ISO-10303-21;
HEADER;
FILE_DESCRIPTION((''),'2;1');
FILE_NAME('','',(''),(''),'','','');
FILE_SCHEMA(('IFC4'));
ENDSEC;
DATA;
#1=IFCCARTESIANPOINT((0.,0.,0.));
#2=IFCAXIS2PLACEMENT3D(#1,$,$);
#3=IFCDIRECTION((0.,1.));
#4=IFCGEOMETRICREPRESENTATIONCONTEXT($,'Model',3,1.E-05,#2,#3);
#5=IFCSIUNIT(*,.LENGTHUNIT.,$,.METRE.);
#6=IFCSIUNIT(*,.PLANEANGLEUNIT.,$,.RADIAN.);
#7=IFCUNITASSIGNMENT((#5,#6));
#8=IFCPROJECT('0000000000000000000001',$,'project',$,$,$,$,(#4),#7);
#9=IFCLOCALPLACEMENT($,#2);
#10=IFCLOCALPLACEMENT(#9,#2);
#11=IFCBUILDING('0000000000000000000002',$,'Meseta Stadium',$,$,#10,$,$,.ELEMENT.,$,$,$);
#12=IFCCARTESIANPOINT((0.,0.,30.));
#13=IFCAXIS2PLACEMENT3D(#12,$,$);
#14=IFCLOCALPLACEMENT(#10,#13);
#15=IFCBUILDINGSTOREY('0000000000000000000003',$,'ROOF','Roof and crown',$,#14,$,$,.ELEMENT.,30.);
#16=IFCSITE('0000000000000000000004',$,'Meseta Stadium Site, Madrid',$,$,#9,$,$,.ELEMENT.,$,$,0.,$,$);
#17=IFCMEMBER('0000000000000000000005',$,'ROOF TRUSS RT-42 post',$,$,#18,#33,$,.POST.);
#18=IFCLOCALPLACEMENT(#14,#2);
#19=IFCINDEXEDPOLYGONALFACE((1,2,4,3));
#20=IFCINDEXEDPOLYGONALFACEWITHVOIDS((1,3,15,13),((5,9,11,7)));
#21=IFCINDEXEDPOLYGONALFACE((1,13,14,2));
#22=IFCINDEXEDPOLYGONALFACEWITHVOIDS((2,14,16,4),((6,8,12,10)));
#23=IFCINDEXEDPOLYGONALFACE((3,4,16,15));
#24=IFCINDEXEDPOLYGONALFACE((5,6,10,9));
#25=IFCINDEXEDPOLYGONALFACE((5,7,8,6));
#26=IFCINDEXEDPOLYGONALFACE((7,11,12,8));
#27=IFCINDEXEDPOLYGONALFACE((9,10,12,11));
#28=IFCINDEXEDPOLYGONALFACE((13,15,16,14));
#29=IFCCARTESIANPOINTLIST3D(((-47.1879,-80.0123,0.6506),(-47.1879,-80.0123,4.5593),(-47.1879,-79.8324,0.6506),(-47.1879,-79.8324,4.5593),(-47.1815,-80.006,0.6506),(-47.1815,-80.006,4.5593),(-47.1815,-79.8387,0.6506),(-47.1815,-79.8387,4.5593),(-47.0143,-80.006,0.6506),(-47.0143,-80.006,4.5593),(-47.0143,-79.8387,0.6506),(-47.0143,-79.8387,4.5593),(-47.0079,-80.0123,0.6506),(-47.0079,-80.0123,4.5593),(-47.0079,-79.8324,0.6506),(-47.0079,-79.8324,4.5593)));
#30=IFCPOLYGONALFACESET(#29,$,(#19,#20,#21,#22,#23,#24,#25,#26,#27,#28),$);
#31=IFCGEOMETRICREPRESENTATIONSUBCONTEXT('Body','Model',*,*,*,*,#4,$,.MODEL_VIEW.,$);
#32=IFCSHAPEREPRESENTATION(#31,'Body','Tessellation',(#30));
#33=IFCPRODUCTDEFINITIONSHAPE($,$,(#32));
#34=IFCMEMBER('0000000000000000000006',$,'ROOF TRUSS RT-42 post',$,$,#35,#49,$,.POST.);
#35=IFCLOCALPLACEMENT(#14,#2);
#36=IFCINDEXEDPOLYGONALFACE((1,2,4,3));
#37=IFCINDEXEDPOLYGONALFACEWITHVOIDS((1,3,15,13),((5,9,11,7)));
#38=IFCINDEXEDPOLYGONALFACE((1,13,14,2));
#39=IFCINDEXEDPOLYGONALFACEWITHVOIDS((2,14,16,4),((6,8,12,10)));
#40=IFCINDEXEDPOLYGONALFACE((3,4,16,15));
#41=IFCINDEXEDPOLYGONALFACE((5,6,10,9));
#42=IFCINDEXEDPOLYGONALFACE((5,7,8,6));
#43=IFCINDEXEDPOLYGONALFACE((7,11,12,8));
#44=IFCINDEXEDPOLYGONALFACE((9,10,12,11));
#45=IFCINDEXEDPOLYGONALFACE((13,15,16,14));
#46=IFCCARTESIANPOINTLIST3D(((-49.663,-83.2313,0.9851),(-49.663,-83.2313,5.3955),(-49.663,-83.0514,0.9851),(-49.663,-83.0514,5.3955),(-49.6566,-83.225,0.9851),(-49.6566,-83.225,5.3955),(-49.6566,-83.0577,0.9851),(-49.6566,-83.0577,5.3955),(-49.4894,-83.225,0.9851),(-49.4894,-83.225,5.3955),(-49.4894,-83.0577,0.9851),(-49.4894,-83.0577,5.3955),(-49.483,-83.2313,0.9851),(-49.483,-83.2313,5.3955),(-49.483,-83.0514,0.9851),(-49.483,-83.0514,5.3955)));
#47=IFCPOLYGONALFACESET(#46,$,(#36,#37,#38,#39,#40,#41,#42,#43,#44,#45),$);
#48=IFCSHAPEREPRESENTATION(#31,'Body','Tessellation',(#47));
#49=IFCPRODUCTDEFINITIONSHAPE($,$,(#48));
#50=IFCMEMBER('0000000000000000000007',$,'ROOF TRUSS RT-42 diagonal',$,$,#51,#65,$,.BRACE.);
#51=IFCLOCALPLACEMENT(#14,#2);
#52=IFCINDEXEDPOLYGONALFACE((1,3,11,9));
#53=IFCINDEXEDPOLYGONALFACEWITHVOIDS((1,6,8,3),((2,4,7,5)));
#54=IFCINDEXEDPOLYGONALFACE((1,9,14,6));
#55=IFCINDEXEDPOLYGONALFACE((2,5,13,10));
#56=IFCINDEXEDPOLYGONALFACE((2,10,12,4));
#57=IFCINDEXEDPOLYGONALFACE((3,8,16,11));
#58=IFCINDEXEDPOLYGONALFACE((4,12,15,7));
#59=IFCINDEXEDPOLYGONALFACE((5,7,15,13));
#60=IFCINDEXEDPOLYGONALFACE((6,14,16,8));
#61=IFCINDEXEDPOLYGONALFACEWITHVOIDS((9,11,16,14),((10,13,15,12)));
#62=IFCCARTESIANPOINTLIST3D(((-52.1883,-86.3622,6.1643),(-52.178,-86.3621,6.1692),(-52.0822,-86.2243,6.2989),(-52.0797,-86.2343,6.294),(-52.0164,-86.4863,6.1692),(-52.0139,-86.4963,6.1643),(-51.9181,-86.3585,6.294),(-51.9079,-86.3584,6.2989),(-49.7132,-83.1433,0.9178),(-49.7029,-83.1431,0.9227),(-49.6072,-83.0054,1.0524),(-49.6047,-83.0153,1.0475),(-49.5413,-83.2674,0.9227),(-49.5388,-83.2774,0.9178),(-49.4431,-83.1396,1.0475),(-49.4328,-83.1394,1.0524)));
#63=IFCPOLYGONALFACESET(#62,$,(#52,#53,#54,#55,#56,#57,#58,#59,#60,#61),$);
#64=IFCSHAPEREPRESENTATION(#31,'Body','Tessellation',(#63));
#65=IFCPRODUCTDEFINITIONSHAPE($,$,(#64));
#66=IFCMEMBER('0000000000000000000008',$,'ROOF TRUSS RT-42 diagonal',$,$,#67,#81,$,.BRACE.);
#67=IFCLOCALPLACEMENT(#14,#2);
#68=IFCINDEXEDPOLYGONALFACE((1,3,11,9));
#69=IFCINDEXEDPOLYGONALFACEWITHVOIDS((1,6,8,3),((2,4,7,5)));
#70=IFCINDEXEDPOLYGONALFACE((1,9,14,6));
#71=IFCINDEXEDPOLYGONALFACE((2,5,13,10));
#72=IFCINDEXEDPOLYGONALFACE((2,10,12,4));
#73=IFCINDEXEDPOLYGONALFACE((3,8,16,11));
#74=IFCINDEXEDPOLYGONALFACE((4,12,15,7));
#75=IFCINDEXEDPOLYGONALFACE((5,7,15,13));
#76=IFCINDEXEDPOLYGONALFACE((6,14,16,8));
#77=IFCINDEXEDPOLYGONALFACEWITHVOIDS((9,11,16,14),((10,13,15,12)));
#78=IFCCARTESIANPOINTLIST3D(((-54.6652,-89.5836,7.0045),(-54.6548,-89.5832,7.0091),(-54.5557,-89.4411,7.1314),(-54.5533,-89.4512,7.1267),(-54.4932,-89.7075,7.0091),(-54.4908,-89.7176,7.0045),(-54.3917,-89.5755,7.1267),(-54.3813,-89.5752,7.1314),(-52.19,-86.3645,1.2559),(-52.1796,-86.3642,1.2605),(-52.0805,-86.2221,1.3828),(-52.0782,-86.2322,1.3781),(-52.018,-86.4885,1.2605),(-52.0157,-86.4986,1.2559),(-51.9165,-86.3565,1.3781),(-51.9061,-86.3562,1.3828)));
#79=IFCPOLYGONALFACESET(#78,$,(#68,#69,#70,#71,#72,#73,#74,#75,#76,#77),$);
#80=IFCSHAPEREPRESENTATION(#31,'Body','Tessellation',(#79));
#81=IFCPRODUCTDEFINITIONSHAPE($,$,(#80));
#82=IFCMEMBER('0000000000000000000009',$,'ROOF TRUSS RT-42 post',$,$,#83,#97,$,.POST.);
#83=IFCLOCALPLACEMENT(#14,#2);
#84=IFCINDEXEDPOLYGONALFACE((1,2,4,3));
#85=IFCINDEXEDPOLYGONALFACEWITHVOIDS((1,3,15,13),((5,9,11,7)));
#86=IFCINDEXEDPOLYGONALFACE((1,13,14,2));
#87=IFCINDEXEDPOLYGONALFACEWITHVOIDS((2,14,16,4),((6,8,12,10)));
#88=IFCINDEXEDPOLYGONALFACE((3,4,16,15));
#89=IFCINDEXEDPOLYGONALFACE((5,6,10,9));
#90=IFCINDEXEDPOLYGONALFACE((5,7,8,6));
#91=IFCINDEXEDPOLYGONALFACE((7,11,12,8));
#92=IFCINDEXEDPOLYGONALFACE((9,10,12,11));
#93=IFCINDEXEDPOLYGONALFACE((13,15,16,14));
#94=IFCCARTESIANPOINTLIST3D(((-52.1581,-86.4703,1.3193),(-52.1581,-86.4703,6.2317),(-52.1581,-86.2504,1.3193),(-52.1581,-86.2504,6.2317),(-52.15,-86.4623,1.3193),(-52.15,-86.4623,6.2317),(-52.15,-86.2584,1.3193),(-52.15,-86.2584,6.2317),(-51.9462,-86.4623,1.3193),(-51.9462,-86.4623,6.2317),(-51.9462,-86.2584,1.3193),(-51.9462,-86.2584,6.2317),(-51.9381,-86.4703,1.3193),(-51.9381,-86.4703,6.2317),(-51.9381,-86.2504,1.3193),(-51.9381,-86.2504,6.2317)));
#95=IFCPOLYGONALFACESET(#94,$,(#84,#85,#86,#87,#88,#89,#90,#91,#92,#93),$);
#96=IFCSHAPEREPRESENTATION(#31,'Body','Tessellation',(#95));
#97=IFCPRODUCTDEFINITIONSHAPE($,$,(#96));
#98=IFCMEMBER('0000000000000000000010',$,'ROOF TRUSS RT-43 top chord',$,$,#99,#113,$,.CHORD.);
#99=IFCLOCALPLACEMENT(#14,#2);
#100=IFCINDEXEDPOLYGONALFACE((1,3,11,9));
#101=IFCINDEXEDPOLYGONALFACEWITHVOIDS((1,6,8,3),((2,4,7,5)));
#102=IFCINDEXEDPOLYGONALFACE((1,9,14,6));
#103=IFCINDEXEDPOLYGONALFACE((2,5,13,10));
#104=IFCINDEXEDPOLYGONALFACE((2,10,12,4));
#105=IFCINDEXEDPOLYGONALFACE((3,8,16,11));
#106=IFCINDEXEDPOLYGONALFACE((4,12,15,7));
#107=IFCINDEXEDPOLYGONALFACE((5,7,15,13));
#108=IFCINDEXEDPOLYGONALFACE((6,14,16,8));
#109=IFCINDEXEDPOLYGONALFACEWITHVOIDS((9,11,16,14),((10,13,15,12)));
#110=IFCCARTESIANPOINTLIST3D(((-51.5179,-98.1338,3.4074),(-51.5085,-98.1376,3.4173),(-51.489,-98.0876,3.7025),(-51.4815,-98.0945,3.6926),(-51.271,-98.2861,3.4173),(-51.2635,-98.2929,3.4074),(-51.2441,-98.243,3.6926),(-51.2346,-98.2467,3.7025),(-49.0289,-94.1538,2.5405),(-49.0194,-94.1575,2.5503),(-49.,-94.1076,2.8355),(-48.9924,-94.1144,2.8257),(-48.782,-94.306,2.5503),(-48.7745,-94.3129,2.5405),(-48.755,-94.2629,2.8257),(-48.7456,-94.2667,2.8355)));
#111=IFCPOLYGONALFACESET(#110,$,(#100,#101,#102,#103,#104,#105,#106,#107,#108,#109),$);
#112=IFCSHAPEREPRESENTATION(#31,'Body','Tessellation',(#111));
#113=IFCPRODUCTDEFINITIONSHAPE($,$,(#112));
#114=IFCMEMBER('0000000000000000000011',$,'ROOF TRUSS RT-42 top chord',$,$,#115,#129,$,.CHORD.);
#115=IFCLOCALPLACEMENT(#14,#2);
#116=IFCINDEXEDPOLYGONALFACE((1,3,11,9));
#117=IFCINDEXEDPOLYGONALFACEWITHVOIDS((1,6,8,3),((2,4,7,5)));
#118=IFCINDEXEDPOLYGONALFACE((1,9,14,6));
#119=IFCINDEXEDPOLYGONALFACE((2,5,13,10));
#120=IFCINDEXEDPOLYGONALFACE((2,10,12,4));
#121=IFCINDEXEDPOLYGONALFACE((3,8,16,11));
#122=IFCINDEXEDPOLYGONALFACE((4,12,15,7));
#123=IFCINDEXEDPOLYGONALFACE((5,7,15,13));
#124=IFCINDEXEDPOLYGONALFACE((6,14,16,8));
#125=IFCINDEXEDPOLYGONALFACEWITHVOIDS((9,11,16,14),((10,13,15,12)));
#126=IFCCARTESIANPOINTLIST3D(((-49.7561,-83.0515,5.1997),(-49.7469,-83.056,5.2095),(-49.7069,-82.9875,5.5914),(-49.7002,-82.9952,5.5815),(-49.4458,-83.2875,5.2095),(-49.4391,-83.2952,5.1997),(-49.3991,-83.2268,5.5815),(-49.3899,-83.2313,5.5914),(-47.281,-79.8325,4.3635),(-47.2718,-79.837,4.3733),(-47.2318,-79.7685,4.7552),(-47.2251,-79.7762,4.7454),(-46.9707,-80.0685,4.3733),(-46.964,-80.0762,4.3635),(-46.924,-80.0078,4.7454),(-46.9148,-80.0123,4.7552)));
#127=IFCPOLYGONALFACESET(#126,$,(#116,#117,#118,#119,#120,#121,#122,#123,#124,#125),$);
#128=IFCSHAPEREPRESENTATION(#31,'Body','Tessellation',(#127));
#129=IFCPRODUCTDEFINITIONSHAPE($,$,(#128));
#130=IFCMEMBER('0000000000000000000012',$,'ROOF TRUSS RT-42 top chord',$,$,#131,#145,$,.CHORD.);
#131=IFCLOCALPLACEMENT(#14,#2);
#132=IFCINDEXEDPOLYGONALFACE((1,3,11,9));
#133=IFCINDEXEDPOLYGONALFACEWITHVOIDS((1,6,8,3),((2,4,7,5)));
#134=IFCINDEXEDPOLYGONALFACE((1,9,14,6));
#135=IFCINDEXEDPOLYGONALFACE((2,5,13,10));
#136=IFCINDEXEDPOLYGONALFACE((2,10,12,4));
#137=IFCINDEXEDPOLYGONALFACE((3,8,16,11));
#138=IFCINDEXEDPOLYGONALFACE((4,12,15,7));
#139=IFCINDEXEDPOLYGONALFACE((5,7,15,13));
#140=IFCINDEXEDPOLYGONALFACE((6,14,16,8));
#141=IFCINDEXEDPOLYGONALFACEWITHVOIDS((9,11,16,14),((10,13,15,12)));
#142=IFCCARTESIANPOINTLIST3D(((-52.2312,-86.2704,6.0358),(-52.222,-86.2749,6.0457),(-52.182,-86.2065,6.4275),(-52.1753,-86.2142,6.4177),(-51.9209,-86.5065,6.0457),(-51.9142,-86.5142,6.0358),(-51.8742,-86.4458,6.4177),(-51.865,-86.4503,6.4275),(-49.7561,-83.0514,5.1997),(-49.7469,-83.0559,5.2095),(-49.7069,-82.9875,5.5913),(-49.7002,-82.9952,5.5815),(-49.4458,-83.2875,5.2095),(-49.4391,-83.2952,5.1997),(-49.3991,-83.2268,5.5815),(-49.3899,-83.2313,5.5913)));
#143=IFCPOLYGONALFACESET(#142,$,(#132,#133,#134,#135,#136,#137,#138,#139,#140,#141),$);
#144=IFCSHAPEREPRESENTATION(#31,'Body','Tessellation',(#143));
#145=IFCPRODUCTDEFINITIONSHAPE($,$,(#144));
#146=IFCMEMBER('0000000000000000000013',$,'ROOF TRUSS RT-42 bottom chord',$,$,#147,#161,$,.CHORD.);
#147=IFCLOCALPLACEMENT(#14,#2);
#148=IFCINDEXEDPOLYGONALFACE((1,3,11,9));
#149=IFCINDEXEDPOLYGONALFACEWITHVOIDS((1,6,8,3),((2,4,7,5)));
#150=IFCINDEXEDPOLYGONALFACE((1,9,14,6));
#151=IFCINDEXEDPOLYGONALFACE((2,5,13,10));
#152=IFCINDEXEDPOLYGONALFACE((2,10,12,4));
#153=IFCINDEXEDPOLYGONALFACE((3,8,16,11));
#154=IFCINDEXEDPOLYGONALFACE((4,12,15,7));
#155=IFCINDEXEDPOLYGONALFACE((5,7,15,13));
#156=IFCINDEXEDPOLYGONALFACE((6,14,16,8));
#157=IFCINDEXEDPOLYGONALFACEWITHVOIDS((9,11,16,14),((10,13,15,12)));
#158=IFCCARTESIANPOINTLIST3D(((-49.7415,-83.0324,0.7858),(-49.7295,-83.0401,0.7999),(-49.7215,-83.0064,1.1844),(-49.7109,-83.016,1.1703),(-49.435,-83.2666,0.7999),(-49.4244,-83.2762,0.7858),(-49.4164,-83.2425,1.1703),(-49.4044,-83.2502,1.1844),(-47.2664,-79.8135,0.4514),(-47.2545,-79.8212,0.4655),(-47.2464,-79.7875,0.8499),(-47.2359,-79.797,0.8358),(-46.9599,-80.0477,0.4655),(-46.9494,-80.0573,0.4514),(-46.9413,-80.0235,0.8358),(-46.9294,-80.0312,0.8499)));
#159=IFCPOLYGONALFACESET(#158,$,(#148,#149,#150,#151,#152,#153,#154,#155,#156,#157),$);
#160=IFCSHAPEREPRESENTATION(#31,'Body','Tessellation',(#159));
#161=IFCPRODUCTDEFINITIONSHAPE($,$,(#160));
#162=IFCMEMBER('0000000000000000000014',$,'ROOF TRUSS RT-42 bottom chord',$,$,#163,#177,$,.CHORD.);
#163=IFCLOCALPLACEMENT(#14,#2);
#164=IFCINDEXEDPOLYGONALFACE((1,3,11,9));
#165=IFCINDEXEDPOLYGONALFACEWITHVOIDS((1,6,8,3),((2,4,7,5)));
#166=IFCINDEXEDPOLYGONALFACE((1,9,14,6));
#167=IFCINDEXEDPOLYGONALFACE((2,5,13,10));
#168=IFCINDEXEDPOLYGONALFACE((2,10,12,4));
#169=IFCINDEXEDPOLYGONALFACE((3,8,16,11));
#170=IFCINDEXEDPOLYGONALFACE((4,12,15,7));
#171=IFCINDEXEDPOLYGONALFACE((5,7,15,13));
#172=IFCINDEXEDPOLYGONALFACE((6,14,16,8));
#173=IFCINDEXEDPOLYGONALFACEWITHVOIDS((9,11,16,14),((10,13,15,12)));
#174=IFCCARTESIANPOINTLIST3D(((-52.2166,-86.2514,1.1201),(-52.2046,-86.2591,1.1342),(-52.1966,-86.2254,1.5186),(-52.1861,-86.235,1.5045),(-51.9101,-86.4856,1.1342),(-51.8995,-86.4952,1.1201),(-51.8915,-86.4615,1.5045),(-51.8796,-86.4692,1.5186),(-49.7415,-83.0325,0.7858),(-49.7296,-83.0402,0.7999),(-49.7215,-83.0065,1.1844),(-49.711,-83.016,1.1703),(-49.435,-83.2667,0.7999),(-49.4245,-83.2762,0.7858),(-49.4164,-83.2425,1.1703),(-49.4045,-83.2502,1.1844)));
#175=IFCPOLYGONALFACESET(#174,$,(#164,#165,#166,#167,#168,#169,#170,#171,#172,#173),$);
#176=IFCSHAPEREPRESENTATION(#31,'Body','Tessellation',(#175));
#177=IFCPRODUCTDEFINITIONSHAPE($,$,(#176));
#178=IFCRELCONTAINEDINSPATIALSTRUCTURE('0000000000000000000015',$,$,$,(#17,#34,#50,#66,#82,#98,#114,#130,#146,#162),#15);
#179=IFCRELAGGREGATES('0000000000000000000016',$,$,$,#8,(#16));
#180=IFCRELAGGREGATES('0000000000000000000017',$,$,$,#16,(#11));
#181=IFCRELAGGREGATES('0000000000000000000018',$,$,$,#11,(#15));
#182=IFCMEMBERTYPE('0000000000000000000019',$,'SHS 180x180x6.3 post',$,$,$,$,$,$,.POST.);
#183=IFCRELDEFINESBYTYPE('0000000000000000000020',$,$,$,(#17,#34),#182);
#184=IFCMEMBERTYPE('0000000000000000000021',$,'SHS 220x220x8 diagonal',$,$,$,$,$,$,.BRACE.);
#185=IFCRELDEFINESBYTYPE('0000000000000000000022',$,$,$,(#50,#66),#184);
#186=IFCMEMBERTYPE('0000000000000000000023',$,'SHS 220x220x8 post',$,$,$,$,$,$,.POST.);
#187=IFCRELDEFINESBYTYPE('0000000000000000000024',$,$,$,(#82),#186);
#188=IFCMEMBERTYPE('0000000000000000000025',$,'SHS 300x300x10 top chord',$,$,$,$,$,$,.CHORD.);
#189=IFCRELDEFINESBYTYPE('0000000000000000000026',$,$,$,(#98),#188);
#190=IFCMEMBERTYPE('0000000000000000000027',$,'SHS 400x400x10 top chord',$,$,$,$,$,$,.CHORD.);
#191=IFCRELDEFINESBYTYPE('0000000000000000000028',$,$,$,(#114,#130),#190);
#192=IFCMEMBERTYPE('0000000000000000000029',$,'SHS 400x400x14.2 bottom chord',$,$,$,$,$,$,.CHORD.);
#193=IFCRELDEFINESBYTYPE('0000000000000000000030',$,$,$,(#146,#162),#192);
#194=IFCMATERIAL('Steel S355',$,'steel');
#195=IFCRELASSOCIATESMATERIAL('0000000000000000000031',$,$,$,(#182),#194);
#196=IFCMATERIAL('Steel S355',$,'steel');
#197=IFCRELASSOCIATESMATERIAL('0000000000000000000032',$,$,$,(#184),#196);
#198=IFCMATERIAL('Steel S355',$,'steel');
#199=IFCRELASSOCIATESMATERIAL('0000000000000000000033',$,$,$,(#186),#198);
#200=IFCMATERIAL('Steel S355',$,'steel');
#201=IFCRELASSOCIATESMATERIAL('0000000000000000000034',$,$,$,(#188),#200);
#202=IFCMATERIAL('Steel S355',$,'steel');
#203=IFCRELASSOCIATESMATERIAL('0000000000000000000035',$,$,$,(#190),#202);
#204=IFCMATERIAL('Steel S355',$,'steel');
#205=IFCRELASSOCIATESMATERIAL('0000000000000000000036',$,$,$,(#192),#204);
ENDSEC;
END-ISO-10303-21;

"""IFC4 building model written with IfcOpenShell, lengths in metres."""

from ifc_helpers import new_model, si_unit, direction, frame, origin, origin_2d, place, context, subcontext, project, spatial, hollow_rectangle, extrude, material, material_profile, profile_set, type_object, element, save


model = new_model("IFC4")

# Units and contexts
model_context = context("Model", 3, precision=1e-05, world=origin(), true_north=direction((0.0, 1.0)))
body_context = subcontext(model_context, "Body", "Model", "MODEL_VIEW")
ifc_project = project(units=[si_unit("LENGTHUNIT", "METRE"), si_unit("PLANEANGLEUNIT", "RADIAN")], contexts=[model_context])

# Site, building, storey
site_placement = place(None, origin())
site = spatial("IfcSite", under=ifc_project, at=site_placement, Name="Meseta Stadium Site, Madrid", CompositionType="ELEMENT", RefElevation=0.0)
building_placement = place(site_placement, origin())
building = spatial("IfcBuilding", under=site, at=building_placement, Name="Meseta Stadium", CompositionType="ELEMENT")
storey_placement = place(building_placement, frame((0.0, 0.0, 30.0)))
storey = spatial("IfcBuildingStorey", under=building, at=storey_placement, Name="ROOF", Description="Roof and crown", CompositionType="ELEMENT", Elevation=30.0)

# Members
ifc_material_1 = material(Name="Steel S355", Category="steel")
ifc_material_profile_1 = material_profile(ifc_material_1, hollow_rectangle(XDim=0.1799, YDim=0.1799, WallThickness=0.0063, at=origin_2d()), Name="SHS 180x180x6.3")
ifc_profile_set_1 = profile_set([ifc_material_profile_1], Name="Steel S355")
member_type_1 = type_object("IfcMemberType", Name="SHS 180x180x6.3 post", PredefinedType="POST", material=ifc_profile_set_1)
member_1_placement = place(storey_placement, frame((-47.0979, -79.9224, 0.6506), z_axis=(0.0, 0.0, 1.0), x_axis=(1.0, 0.0, 0.0)))
element("IfcMember", 1, at=member_1_placement, inside=storey, type_object=member_type_1, Name="ROOF TRUSS RT-42 post", PredefinedType="POST", context=body_context, shape_type="SweptSolid", body=[
    extrude(hollow_rectangle(XDim=0.1799, YDim=0.1799, WallThickness=0.0063, at=origin_2d()), origin(), (0.0, 0.0, 1.0), 3.9087),
])
member_2_placement = place(storey_placement, frame((-49.573, -83.1414, 0.9851), z_axis=(0.0, 0.0, 1.0), x_axis=(1.0, 0.0, 0.0)))
element("IfcMember", 2, at=member_2_placement, inside=storey, type_object=member_type_1, Name="ROOF TRUSS RT-42 post", PredefinedType="POST", context=body_context, shape_type="SweptSolid", body=[
    extrude(hollow_rectangle(XDim=0.1799, YDim=0.1799, WallThickness=0.0063, at=origin_2d()), origin(), (0.0, 0.0, 1.0), 4.4104),
])
ifc_material_2 = material(Name="Steel S355", Category="steel")
ifc_material_profile_2 = material_profile(ifc_material_2, hollow_rectangle(XDim=0.22, YDim=0.22, WallThickness=0.0081, at=origin_2d()), Name="SHS 220x220x8")
ifc_profile_set_2 = profile_set([ifc_material_profile_2], Name="Steel S355")
member_type_2 = type_object("IfcMemberType", Name="SHS 220x220x8 diagonal", PredefinedType="BRACE", material=ifc_profile_set_2)
member_3_placement = place(storey_placement, frame((-49.573, -83.1414, 0.9851), z_axis=(-0.373073, -0.485201, 0.79082), x_axis=(0.792749, -0.609548, 0.0)))
element("IfcMember", 3, at=member_3_placement, inside=storey, type_object=member_type_2, Name="ROOF TRUSS RT-42 diagonal", PredefinedType="BRACE", context=body_context, shape_type="SweptSolid", body=[
    extrude(hollow_rectangle(XDim=0.22, YDim=0.22, WallThickness=0.0081, at=origin_2d()), origin(), (0.0, 0.0, 1.0), 6.6343),
])
member_4_placement = place(storey_placement, frame((-52.0481, -86.3604, 1.3193), z_axis=(-0.351675, -0.457372, 0.816783), x_axis=(0.792749, -0.609548, 0.0)))
element("IfcMember", 4, at=member_4_placement, inside=storey, type_object=member_type_2, Name="ROOF TRUSS RT-42 diagonal", PredefinedType="BRACE", context=body_context, shape_type="SweptSolid", body=[
    extrude(hollow_rectangle(XDim=0.22, YDim=0.22, WallThickness=0.0081, at=origin_2d()), origin(), (0.0, 0.0, 1.0), 7.0381),
])
ifc_material_3 = material(Name="Steel S355", Category="steel")
ifc_material_profile_3 = material_profile(ifc_material_3, hollow_rectangle(XDim=0.22, YDim=0.22, WallThickness=0.0081, at=origin_2d()), Name="SHS 220x220x8")
ifc_profile_set_3 = profile_set([ifc_material_profile_3], Name="Steel S355")
member_type_3 = type_object("IfcMemberType", Name="SHS 220x220x8 post", PredefinedType="POST", material=ifc_profile_set_3)
member_5_placement = place(storey_placement, frame((-52.0481, -86.3604, 1.3193), z_axis=(0.0, 0.0, 1.0), x_axis=(1.0, 0.0, 0.0)))
element("IfcMember", 5, at=member_5_placement, inside=storey, type_object=member_type_3, Name="ROOF TRUSS RT-42 post", PredefinedType="POST", context=body_context, shape_type="SweptSolid", body=[
    extrude(hollow_rectangle(XDim=0.22, YDim=0.22, WallThickness=0.0081, at=origin_2d()), origin(), (0.0, 0.0, 1.0), 4.9124),
])
ifc_material_4 = material(Name="Steel S355", Category="steel")
ifc_material_profile_4 = material_profile(ifc_material_4, hollow_rectangle(XDim=0.3, YDim=0.3, WallThickness=0.01, at=origin_2d()), Name="SHS 300x300x10")
ifc_profile_set_4 = profile_set([ifc_material_profile_4], Name="Steel S355")
member_type_4 = type_object("IfcMemberType", Name="SHS 300x300x10 top chord", PredefinedType="CHORD", material=ifc_profile_set_4)
member_6_placement = place(storey_placement, frame((-48.8872, -94.2102, 2.688), z_axis=(-0.521415, -0.833752, 0.181613), x_axis=(0.847852, -0.530233, 0.0)))
element("IfcMember", 6, at=member_6_placement, inside=storey, type_object=member_type_4, Name="ROOF TRUSS RT-43 top chord", PredefinedType="CHORD", context=body_context, shape_type="SweptSolid", body=[
    extrude(hollow_rectangle(XDim=0.3, YDim=0.3, WallThickness=0.01, at=origin_2d()), origin(), (0.0, 0.0, 1.0), 4.7737),
])
ifc_material_5 = material(Name="Steel S355", Category="steel")
ifc_material_profile_5 = material_profile(ifc_material_5, hollow_rectangle(XDim=0.3999, YDim=0.3999, WallThickness=0.01, at=origin_2d()), Name="SHS 400x400x10")
ifc_profile_set_5 = profile_set([ifc_material_profile_5], Name="Steel S355")
member_type_5 = type_object("IfcMemberType", Name="SHS 400x400x10 top chord", PredefinedType="CHORD", material=ifc_profile_set_5)
for number, where, z_axis, x_axis, name in (
    (7, (-47.0979, -79.9224, 4.5593), (-0.597021, -0.776457, 0.201696), (0.792749, -0.609548, 0.0), "ROOF TRUSS RT-42 top chord"),
    (8, (-49.573, -83.1414, 5.3955), (-0.597021, -0.776457, 0.201696), (0.792749, -0.609548, 0.0), "ROOF TRUSS RT-42 top chord"),
):
    element("IfcMember", number, at=place(storey_placement, frame(where, z_axis=z_axis, x_axis=x_axis)), inside=storey, type_object=member_type_5, Name=name, PredefinedType="CHORD", context=body_context, shape_type="SweptSolid", body=[
        extrude(hollow_rectangle(XDim=0.3999, YDim=0.3999, WallThickness=0.01, at=origin_2d()), origin(), (0.0, 0.0, 1.0), 4.1458),
    ])
ifc_material_6 = material(Name="Steel S355", Category="steel")
ifc_material_profile_6 = material_profile(ifc_material_6, hollow_rectangle(XDim=0.3999, YDim=0.3999, WallThickness=0.0142, at=origin_2d()), Name="SHS 400x400x14.2")
ifc_profile_set_6 = profile_set([ifc_material_profile_6], Name="Steel S355")
member_type_6 = type_object("IfcMemberType", Name="SHS 400x400x14.2 bottom chord", PredefinedType="CHORD", material=ifc_profile_set_6)
for number, where, z_axis, x_axis, name in (
    (9, (-47.0979, -79.9224, 0.6506), (-0.607491, -0.790073, 0.082093), (0.792749, -0.609548, 0.0), "ROOF TRUSS RT-42 bottom chord"),
    (10, (-49.573, -83.1414, 0.9851), (-0.607494, -0.790077, 0.082034), (0.792749, -0.609548, 0.0), "ROOF TRUSS RT-42 bottom chord"),
):
    element("IfcMember", number, at=place(storey_placement, frame(where, z_axis=z_axis, x_axis=x_axis)), inside=storey, type_object=member_type_6, Name=name, PredefinedType="CHORD", context=body_context, shape_type="SweptSolid", body=[
        extrude(hollow_rectangle(XDim=0.3999, YDim=0.3999, WallThickness=0.0142, at=origin_2d()), origin(), (0.0, 0.0, 1.0), 4.0742),
    ])

save(model, "model.ifc")
